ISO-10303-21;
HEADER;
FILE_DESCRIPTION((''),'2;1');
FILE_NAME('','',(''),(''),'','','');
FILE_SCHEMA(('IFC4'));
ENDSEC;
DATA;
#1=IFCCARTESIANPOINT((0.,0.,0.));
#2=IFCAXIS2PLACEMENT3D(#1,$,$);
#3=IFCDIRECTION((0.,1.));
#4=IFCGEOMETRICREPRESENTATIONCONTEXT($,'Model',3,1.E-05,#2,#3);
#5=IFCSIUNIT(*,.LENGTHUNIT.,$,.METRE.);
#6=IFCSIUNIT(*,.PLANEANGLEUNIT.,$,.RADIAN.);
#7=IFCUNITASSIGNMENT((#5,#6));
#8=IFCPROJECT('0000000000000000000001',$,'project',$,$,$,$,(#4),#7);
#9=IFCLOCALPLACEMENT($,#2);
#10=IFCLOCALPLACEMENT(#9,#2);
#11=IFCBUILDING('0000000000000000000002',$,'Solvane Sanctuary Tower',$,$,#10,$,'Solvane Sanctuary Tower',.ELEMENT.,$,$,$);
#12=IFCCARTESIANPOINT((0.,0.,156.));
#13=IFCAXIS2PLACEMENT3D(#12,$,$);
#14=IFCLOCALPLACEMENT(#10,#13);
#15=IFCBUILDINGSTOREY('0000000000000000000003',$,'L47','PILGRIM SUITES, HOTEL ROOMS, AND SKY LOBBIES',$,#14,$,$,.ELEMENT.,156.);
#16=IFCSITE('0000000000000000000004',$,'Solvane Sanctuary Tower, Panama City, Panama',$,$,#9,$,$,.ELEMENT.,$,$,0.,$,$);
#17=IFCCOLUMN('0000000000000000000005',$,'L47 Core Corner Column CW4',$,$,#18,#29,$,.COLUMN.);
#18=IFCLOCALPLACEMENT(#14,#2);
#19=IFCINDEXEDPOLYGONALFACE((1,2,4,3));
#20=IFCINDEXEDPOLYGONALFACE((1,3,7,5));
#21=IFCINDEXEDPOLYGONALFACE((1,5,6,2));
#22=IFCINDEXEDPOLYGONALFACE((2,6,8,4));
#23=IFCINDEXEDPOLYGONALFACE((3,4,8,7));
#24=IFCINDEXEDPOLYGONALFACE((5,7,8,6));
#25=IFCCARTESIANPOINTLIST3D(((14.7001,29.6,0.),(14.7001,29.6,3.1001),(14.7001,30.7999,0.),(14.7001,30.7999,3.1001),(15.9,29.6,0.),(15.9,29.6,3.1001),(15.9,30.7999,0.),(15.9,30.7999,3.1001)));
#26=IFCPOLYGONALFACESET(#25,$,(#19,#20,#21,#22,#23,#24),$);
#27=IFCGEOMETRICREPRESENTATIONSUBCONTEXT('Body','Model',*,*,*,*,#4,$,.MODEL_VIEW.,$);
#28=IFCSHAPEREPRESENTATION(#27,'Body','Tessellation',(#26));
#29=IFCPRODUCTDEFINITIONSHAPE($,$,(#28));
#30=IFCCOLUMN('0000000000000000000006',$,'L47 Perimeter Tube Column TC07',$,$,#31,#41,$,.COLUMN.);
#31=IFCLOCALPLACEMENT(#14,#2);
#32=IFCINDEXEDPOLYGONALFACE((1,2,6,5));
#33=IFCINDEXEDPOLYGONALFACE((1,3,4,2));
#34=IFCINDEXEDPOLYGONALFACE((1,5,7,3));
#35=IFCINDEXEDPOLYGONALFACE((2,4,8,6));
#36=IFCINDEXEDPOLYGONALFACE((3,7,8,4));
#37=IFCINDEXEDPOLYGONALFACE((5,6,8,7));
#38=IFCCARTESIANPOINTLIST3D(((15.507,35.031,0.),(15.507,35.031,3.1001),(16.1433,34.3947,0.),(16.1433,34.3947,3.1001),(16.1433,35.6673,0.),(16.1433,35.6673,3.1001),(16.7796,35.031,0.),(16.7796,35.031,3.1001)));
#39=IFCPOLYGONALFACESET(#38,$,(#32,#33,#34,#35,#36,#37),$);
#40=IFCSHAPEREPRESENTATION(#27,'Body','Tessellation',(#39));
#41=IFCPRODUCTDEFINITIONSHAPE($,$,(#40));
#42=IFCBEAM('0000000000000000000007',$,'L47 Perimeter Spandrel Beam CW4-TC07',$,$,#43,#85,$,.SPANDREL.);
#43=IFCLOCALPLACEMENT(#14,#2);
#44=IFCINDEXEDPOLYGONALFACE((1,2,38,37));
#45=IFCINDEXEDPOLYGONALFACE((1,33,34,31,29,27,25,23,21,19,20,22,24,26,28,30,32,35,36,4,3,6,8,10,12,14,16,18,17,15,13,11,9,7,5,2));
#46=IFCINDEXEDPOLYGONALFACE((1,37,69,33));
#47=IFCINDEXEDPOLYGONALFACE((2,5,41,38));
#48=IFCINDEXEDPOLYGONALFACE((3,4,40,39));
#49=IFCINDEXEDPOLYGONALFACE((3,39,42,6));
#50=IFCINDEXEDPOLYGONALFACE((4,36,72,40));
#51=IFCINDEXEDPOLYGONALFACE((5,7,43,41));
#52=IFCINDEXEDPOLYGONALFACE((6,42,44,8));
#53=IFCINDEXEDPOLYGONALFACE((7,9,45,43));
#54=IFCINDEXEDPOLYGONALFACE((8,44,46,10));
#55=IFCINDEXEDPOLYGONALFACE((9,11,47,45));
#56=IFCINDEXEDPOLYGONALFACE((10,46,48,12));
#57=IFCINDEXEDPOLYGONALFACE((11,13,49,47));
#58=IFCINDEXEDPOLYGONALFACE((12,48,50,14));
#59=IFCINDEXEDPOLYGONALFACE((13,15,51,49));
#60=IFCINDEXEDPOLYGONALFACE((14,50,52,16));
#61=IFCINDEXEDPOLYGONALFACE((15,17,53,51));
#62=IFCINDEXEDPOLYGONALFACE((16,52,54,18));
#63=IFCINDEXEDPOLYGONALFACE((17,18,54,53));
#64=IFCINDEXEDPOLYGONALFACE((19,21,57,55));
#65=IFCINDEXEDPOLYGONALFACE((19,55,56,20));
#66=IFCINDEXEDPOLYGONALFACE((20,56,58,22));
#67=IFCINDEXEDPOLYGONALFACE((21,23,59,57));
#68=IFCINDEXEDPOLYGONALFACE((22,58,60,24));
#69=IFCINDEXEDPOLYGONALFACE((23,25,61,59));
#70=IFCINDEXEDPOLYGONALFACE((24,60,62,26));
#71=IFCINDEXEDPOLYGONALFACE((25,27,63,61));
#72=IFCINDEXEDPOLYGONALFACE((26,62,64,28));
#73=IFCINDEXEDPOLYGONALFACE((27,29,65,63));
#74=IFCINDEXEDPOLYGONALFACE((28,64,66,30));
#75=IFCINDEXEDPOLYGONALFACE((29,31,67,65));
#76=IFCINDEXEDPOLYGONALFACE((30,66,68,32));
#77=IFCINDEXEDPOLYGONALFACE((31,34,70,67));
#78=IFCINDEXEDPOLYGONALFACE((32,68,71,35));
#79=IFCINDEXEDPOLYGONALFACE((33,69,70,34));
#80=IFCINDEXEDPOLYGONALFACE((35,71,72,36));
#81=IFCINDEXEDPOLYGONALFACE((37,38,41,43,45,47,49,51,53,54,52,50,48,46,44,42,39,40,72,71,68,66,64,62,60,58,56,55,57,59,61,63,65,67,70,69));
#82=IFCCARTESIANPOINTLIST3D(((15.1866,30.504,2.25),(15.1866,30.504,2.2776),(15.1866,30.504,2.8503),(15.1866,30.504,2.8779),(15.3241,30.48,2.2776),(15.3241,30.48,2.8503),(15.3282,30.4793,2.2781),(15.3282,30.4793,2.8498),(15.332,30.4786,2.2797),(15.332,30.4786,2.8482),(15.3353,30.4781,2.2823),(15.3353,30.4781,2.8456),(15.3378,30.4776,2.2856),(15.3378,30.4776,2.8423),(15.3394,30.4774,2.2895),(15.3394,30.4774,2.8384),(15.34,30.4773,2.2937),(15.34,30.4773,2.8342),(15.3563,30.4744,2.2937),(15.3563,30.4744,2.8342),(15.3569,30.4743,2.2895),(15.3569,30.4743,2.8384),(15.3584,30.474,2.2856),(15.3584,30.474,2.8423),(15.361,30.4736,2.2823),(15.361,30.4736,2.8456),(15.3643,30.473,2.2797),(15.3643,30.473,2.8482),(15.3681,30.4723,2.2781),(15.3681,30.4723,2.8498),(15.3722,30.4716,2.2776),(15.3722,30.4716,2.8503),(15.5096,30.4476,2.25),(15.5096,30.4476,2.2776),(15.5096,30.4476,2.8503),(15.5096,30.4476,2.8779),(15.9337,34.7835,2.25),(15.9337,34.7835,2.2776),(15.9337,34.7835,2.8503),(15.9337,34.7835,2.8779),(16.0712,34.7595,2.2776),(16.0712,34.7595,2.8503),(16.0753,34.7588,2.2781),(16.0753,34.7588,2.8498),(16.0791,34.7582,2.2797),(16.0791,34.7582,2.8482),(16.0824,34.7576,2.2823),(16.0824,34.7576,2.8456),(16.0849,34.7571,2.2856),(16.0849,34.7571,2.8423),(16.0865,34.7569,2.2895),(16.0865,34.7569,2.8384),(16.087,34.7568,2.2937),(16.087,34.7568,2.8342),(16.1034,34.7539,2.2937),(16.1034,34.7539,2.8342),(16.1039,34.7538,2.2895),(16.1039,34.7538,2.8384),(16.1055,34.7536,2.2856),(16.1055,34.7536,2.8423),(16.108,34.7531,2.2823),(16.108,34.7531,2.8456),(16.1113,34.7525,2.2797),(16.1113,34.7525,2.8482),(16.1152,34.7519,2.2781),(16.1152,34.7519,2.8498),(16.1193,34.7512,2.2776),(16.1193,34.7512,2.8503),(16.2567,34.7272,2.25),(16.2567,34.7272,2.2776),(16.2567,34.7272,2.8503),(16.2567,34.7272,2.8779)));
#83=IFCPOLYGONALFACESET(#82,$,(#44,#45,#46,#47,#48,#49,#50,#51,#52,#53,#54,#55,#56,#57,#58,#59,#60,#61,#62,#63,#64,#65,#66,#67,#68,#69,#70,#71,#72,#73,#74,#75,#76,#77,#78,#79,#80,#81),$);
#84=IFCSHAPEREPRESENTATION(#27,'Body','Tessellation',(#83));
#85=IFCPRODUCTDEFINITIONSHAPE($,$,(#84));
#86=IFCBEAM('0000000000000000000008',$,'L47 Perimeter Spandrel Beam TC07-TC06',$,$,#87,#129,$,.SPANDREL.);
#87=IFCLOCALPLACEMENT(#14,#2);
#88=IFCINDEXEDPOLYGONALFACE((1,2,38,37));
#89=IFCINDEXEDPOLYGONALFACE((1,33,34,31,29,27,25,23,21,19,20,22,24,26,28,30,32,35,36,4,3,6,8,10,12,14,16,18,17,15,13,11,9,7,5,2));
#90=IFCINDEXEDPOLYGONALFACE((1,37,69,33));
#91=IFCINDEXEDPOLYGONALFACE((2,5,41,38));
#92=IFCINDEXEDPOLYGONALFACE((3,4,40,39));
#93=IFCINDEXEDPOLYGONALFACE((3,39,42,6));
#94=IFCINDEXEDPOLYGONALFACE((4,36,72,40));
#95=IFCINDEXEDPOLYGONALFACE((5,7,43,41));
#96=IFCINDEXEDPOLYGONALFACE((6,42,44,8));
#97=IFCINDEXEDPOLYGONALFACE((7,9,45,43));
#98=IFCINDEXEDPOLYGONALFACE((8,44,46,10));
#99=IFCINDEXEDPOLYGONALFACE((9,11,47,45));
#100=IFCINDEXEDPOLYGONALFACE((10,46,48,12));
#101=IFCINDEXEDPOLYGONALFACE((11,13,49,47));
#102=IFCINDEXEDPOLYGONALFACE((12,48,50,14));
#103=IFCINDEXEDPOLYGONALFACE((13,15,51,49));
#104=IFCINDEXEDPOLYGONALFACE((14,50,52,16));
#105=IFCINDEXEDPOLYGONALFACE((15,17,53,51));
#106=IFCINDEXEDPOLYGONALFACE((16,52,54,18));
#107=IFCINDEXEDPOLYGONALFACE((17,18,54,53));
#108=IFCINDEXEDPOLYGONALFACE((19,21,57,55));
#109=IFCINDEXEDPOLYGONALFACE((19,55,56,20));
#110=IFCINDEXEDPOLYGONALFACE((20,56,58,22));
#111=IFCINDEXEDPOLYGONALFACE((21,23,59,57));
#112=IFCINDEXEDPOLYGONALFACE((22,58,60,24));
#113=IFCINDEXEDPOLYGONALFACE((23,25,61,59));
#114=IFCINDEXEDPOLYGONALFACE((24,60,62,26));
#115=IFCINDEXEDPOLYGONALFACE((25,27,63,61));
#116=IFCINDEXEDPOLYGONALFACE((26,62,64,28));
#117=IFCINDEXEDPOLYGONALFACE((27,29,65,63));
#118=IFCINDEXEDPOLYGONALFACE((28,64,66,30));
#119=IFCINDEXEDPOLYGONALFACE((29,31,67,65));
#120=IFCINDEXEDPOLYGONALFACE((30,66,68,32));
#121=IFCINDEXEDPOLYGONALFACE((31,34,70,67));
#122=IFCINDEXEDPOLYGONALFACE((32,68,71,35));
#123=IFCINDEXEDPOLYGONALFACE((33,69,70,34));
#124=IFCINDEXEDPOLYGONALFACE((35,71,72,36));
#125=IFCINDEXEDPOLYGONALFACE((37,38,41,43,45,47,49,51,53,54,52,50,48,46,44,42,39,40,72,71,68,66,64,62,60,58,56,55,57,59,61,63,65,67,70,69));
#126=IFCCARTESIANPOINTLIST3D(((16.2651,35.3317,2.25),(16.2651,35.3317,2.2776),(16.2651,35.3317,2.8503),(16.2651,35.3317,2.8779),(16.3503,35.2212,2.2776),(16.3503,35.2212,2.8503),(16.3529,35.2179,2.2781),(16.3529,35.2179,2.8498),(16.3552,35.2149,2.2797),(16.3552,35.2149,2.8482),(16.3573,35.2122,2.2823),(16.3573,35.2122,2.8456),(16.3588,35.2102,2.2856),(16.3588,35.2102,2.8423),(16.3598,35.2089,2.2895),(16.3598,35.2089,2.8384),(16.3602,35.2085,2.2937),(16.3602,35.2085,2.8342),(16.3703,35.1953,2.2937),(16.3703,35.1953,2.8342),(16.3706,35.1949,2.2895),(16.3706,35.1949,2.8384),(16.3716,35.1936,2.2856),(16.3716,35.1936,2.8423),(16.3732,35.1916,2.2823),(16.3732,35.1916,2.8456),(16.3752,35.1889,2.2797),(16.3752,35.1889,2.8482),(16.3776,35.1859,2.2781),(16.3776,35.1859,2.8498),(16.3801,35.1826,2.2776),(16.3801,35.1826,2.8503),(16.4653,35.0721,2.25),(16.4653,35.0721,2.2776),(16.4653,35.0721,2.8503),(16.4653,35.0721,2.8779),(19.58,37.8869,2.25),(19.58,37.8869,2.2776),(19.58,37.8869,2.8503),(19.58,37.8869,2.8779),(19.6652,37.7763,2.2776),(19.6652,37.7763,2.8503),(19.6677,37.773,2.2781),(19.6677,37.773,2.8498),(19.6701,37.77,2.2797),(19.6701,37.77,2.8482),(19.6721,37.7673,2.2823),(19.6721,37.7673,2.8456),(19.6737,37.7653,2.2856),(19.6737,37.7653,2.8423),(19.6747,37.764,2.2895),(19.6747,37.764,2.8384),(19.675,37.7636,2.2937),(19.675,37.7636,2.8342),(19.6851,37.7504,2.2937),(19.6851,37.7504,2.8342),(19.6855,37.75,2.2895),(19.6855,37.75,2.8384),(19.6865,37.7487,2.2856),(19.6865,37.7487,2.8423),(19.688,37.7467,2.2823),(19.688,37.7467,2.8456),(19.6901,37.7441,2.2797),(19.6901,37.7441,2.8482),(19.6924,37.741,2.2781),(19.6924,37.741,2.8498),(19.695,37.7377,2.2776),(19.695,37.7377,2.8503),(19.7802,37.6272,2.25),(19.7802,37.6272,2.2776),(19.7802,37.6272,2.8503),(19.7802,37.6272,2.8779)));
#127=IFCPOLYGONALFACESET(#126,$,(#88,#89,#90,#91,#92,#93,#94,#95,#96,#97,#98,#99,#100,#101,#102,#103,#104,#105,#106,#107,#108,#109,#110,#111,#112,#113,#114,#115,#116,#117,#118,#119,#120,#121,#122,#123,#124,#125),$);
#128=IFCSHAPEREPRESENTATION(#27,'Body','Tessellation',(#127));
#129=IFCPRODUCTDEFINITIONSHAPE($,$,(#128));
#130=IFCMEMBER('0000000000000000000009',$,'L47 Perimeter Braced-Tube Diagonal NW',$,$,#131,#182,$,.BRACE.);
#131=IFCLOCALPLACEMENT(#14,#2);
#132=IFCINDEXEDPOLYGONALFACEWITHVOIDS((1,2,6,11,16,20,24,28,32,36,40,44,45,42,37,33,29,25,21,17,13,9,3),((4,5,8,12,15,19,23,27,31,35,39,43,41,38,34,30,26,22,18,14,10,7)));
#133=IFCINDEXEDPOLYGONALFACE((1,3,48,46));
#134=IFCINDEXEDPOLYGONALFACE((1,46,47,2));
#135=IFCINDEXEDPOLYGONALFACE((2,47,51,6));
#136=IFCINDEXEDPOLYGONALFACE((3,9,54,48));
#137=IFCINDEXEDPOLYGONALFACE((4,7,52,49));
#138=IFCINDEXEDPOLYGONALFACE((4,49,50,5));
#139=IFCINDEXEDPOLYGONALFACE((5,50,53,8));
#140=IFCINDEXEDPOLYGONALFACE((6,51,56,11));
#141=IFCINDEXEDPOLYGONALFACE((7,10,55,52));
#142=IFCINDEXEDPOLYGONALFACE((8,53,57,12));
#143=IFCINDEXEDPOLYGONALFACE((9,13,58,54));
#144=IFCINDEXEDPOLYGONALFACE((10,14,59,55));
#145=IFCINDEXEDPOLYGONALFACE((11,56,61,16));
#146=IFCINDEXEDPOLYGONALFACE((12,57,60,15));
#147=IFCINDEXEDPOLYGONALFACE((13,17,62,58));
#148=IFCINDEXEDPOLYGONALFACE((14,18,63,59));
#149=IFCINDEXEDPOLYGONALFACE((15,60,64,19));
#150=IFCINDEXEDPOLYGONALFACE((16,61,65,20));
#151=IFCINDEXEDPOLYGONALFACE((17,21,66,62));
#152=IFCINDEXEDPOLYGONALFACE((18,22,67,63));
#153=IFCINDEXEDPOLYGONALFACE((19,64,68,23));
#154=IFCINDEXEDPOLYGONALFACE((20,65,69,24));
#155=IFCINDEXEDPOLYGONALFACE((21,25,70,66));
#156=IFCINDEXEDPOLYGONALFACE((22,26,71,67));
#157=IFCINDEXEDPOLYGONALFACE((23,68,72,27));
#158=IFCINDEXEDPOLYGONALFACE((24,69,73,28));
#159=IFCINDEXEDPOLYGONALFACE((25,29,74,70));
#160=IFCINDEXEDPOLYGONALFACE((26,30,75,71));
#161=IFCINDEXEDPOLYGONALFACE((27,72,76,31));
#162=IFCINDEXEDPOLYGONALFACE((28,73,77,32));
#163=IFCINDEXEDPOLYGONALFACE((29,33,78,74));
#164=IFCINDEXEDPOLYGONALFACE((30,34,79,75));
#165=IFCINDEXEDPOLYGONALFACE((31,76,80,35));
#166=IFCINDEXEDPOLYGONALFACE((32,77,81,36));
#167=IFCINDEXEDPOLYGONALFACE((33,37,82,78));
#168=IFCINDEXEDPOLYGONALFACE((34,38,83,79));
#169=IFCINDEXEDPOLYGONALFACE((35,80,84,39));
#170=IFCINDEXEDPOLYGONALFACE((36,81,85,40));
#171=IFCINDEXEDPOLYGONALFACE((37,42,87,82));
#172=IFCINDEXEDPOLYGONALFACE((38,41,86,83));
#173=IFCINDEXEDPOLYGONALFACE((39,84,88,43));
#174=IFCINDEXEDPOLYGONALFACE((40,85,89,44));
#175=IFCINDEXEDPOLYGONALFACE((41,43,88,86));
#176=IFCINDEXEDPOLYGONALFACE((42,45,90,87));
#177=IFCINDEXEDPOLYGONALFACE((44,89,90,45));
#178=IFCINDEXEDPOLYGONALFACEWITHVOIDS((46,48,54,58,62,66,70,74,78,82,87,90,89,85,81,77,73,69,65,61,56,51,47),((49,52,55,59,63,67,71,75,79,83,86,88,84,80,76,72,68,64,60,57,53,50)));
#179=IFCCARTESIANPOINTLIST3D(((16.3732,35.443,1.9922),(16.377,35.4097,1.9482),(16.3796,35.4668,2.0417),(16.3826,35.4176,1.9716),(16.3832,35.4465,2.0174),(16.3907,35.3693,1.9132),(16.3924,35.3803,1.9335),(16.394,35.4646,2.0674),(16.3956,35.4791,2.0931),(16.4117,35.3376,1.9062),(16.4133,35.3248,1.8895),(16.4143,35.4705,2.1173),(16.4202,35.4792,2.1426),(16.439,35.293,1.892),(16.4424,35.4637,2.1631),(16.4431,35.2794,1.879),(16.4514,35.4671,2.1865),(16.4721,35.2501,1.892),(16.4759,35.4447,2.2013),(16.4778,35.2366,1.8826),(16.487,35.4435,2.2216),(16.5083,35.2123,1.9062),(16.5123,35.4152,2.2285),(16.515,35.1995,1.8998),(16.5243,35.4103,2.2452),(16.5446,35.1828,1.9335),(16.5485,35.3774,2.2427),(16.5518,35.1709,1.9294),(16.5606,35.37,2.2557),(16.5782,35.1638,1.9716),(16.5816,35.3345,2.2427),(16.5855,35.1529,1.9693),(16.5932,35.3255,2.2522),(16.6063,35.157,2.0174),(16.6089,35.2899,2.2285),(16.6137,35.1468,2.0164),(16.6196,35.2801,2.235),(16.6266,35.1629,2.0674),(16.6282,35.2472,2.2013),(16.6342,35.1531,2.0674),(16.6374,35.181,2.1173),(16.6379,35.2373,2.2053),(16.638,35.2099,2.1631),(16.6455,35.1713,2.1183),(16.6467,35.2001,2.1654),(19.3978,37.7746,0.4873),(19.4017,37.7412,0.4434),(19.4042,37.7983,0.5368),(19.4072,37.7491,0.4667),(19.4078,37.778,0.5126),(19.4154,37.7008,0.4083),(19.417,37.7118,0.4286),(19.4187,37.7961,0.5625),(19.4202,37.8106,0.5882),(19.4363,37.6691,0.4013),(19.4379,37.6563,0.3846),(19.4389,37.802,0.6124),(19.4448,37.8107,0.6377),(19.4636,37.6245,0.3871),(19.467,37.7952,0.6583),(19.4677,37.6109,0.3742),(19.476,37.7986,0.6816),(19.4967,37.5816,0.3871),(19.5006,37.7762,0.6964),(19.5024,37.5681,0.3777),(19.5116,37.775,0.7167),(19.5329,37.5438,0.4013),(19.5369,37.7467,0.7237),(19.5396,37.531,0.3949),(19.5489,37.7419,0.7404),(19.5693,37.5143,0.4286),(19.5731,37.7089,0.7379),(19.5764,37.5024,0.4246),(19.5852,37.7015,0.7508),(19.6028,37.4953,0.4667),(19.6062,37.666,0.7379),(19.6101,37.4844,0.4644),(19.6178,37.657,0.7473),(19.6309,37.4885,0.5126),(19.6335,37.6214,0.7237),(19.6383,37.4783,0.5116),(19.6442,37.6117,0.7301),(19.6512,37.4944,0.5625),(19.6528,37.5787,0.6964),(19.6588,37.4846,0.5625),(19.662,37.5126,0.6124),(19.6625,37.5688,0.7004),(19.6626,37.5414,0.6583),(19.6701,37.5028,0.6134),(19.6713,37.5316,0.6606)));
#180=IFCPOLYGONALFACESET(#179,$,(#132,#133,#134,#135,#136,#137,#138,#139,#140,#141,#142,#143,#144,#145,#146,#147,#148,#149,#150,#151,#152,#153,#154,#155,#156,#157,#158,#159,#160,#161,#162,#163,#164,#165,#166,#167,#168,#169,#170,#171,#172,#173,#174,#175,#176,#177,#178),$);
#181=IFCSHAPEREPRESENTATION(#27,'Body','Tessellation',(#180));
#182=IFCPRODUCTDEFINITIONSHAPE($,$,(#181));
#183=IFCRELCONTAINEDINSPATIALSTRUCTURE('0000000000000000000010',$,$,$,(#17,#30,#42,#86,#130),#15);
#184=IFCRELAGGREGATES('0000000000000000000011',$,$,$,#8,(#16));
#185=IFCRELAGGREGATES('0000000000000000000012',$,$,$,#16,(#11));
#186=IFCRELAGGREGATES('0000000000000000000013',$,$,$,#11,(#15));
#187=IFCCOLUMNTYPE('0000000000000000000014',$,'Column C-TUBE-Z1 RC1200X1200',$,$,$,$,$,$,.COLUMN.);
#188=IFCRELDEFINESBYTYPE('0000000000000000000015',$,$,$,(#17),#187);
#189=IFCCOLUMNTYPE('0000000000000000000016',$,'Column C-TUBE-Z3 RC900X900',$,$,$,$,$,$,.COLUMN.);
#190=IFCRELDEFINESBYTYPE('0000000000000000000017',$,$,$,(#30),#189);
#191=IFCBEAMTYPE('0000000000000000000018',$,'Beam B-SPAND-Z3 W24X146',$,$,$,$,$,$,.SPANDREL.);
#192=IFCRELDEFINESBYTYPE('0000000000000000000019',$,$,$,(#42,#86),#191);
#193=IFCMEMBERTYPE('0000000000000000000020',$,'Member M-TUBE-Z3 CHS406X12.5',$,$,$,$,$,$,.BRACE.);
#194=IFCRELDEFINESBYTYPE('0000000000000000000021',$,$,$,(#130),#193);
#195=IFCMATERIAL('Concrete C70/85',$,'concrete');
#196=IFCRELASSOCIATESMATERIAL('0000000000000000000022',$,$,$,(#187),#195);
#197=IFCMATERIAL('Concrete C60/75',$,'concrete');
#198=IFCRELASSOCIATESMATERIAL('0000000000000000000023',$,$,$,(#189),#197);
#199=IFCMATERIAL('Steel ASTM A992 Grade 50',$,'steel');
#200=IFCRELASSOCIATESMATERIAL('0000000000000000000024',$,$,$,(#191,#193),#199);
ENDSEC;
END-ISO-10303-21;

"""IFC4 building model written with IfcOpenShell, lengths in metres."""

from ifc_helpers import new_model, si_unit, direction, frame, origin, origin_2d, place, context, subcontext, project, spatial, rectangle, hollow_circle, i_section, extrude, material, material_profile, profile_set, type_object, element, save


model = new_model("IFC4")

# Units and contexts
model_context = context("Model", 3, precision=1e-05, world=origin(), true_north=direction((0.0, 1.0)))
body_context = subcontext(model_context, "Body", "Model", "MODEL_VIEW")
ifc_project = project(units=[si_unit("LENGTHUNIT", "METRE"), si_unit("PLANEANGLEUNIT", "RADIAN")], contexts=[model_context])

# Site, building, storey
site_placement = place(None, origin())
site = spatial("IfcSite", under=ifc_project, at=site_placement, Name="Solvane Sanctuary Tower, Panama City, Panama", CompositionType="ELEMENT", RefElevation=0.0)
building_placement = place(site_placement, origin())
building = spatial("IfcBuilding", under=site, at=building_placement, Name="Solvane Sanctuary Tower", LongName="Solvane Sanctuary Tower", CompositionType="ELEMENT")
storey_placement = place(building_placement, frame((0.0, 0.0, 156.0)))
storey = spatial("IfcBuildingStorey", under=building, at=storey_placement, Name="L47", Description="PILGRIM SUITES, HOTEL ROOMS, AND SKY LOBBIES", CompositionType="ELEMENT", Elevation=156.0)

# Columns
ifc_material_1 = material(Name="Concrete C70/85", Category="concrete")
ifc_material_profile_1 = material_profile(ifc_material_1, rectangle(XDim=1.2, YDim=1.2, at=origin_2d()), Name="RC1200X1200")
ifc_profile_set_1 = profile_set([ifc_material_profile_1], Name="Concrete C70/85")
column_type_1 = type_object("IfcColumnType", Name="Column C-TUBE-Z1 RC1200X1200", PredefinedType="COLUMN", material=ifc_profile_set_1)
column_1_placement = place(storey_placement, frame((15.3, 30.2, 0.0), z_axis=(0.0, 0.0, 1.0), x_axis=(1.0, 0.0, 0.0)))
element("IfcColumn", 1, at=column_1_placement, inside=storey, type_object=column_type_1, Name="L47 Core Corner Column CW4", PredefinedType="COLUMN", context=body_context, shape_type="SweptSolid", body=[
    extrude(rectangle(XDim=1.2, YDim=1.2, at=origin_2d()), origin(), (0.0, 0.0, 1.0), 3.1001),
])
ifc_material_2 = material(Name="Concrete C60/75", Category="concrete")
ifc_material_profile_2 = material_profile(ifc_material_2, rectangle(XDim=0.8999, YDim=0.8999, at=origin_2d()), Name="RC900X900")
ifc_profile_set_2 = profile_set([ifc_material_profile_2], Name="Concrete C60/75")
column_type_2 = type_object("IfcColumnType", Name="Column C-TUBE-Z3 RC900X900", PredefinedType="COLUMN", material=ifc_profile_set_2)
column_2_placement = place(storey_placement, frame((16.1433, 35.031, 0.0), z_axis=(0.0, 0.0, 1.0), x_axis=(-0.707107, 0.707107, 0.0)))
element("IfcColumn", 2, at=column_2_placement, inside=storey, type_object=column_type_2, Name="L47 Perimeter Tube Column TC07", PredefinedType="COLUMN", context=body_context, shape_type="SweptSolid", body=[
    extrude(rectangle(XDim=0.8999, YDim=0.8999, at=origin_2d()), origin(), (0.0, 0.0, 1.0), 3.1001),
])

# Beams
ifc_material_3 = material(Name="Steel ASTM A992 Grade 50", Category="steel")
ifc_material_profile_3 = material_profile(ifc_material_3, i_section(OverallWidth=0.3279, OverallDepth=0.6279, WebThickness=0.0166, FlangeThickness=0.0276, FilletRadius=0.0161, at=origin_2d()), Name="W24X146")
ifc_profile_set_3 = profile_set([ifc_material_profile_3], Name="Steel ASTM A992 Grade 50")
beam_type = type_object("IfcBeamType", Name="Beam B-SPAND-Z3 W24X146", PredefinedType="SPANDREL", material=ifc_profile_set_3)
beam_1_placement = place(storey_placement, frame((15.3481, 30.4758, 2.564), z_axis=(0.171967, 0.985103, 0.0), x_axis=(-0.985103, 0.171967, 0.0)))
element("IfcBeam", 3, at=beam_1_placement, inside=storey, type_object=beam_type, Name="L47 Perimeter Spandrel Beam CW4-TC07", PredefinedType="SPANDREL", context=body_context, shape_type="SweptSolid", body=[
    extrude(i_section(OverallWidth=0.3279, OverallDepth=0.6279, WebThickness=0.0166, FlangeThickness=0.0276, FilletRadius=0.0161, at=origin_2d()), origin(), (0.0, 0.0, 1.0), 4.3442),
])
beam_2_placement = place(storey_placement, frame((16.3652, 35.2019, 2.564), z_axis=(0.792021, 0.610494, 0.0), x_axis=(-0.610494, 0.792021, 0.0)))
element("IfcBeam", 4, at=beam_2_placement, inside=storey, type_object=beam_type, Name="L47 Perimeter Spandrel Beam TC07-TC06", PredefinedType="SPANDREL", context=body_context, shape_type="SweptSolid", body=[
    extrude(i_section(OverallWidth=0.3279, OverallDepth=0.6279, WebThickness=0.0166, FlangeThickness=0.0276, FilletRadius=0.0161, at=origin_2d()), origin(), (0.0, 0.0, 1.0), 4.1853),
])

# Member
ifc_material_profile_4 = material_profile(ifc_material_3, hollow_circle(Radius=0.2029, WallThickness=0.0125, at=origin_2d()), Name="CHS406X12.5")
ifc_profile_set_4 = profile_set([ifc_material_profile_4], Name="Steel ASTM A992 Grade 50")
member_type = type_object("IfcMemberType", Name="Member M-TUBE-Z3 CHS406X12.5", PredefinedType="BRACE", material=ifc_profile_set_4)
member_placement = place(storey_placement, frame((19.5349, 37.6453, 0.5625), z_axis=(-0.73686, -0.568005, 0.366616), x_axis=(0.610514, -0.792006, 0.0)))
element("IfcMember", 5, at=member_placement, inside=storey, type_object=member_type, Name="L47 Perimeter Braced-Tube Diagonal NW", PredefinedType="BRACE", context=body_context, shape_type="SweptSolid", body=[
    extrude(hollow_circle(Radius=0.2029, WallThickness=0.0125, at=origin_2d()), origin(), (0.0, 0.0, 1.0), 4.1047),
])

save(model, "model.ifc")
